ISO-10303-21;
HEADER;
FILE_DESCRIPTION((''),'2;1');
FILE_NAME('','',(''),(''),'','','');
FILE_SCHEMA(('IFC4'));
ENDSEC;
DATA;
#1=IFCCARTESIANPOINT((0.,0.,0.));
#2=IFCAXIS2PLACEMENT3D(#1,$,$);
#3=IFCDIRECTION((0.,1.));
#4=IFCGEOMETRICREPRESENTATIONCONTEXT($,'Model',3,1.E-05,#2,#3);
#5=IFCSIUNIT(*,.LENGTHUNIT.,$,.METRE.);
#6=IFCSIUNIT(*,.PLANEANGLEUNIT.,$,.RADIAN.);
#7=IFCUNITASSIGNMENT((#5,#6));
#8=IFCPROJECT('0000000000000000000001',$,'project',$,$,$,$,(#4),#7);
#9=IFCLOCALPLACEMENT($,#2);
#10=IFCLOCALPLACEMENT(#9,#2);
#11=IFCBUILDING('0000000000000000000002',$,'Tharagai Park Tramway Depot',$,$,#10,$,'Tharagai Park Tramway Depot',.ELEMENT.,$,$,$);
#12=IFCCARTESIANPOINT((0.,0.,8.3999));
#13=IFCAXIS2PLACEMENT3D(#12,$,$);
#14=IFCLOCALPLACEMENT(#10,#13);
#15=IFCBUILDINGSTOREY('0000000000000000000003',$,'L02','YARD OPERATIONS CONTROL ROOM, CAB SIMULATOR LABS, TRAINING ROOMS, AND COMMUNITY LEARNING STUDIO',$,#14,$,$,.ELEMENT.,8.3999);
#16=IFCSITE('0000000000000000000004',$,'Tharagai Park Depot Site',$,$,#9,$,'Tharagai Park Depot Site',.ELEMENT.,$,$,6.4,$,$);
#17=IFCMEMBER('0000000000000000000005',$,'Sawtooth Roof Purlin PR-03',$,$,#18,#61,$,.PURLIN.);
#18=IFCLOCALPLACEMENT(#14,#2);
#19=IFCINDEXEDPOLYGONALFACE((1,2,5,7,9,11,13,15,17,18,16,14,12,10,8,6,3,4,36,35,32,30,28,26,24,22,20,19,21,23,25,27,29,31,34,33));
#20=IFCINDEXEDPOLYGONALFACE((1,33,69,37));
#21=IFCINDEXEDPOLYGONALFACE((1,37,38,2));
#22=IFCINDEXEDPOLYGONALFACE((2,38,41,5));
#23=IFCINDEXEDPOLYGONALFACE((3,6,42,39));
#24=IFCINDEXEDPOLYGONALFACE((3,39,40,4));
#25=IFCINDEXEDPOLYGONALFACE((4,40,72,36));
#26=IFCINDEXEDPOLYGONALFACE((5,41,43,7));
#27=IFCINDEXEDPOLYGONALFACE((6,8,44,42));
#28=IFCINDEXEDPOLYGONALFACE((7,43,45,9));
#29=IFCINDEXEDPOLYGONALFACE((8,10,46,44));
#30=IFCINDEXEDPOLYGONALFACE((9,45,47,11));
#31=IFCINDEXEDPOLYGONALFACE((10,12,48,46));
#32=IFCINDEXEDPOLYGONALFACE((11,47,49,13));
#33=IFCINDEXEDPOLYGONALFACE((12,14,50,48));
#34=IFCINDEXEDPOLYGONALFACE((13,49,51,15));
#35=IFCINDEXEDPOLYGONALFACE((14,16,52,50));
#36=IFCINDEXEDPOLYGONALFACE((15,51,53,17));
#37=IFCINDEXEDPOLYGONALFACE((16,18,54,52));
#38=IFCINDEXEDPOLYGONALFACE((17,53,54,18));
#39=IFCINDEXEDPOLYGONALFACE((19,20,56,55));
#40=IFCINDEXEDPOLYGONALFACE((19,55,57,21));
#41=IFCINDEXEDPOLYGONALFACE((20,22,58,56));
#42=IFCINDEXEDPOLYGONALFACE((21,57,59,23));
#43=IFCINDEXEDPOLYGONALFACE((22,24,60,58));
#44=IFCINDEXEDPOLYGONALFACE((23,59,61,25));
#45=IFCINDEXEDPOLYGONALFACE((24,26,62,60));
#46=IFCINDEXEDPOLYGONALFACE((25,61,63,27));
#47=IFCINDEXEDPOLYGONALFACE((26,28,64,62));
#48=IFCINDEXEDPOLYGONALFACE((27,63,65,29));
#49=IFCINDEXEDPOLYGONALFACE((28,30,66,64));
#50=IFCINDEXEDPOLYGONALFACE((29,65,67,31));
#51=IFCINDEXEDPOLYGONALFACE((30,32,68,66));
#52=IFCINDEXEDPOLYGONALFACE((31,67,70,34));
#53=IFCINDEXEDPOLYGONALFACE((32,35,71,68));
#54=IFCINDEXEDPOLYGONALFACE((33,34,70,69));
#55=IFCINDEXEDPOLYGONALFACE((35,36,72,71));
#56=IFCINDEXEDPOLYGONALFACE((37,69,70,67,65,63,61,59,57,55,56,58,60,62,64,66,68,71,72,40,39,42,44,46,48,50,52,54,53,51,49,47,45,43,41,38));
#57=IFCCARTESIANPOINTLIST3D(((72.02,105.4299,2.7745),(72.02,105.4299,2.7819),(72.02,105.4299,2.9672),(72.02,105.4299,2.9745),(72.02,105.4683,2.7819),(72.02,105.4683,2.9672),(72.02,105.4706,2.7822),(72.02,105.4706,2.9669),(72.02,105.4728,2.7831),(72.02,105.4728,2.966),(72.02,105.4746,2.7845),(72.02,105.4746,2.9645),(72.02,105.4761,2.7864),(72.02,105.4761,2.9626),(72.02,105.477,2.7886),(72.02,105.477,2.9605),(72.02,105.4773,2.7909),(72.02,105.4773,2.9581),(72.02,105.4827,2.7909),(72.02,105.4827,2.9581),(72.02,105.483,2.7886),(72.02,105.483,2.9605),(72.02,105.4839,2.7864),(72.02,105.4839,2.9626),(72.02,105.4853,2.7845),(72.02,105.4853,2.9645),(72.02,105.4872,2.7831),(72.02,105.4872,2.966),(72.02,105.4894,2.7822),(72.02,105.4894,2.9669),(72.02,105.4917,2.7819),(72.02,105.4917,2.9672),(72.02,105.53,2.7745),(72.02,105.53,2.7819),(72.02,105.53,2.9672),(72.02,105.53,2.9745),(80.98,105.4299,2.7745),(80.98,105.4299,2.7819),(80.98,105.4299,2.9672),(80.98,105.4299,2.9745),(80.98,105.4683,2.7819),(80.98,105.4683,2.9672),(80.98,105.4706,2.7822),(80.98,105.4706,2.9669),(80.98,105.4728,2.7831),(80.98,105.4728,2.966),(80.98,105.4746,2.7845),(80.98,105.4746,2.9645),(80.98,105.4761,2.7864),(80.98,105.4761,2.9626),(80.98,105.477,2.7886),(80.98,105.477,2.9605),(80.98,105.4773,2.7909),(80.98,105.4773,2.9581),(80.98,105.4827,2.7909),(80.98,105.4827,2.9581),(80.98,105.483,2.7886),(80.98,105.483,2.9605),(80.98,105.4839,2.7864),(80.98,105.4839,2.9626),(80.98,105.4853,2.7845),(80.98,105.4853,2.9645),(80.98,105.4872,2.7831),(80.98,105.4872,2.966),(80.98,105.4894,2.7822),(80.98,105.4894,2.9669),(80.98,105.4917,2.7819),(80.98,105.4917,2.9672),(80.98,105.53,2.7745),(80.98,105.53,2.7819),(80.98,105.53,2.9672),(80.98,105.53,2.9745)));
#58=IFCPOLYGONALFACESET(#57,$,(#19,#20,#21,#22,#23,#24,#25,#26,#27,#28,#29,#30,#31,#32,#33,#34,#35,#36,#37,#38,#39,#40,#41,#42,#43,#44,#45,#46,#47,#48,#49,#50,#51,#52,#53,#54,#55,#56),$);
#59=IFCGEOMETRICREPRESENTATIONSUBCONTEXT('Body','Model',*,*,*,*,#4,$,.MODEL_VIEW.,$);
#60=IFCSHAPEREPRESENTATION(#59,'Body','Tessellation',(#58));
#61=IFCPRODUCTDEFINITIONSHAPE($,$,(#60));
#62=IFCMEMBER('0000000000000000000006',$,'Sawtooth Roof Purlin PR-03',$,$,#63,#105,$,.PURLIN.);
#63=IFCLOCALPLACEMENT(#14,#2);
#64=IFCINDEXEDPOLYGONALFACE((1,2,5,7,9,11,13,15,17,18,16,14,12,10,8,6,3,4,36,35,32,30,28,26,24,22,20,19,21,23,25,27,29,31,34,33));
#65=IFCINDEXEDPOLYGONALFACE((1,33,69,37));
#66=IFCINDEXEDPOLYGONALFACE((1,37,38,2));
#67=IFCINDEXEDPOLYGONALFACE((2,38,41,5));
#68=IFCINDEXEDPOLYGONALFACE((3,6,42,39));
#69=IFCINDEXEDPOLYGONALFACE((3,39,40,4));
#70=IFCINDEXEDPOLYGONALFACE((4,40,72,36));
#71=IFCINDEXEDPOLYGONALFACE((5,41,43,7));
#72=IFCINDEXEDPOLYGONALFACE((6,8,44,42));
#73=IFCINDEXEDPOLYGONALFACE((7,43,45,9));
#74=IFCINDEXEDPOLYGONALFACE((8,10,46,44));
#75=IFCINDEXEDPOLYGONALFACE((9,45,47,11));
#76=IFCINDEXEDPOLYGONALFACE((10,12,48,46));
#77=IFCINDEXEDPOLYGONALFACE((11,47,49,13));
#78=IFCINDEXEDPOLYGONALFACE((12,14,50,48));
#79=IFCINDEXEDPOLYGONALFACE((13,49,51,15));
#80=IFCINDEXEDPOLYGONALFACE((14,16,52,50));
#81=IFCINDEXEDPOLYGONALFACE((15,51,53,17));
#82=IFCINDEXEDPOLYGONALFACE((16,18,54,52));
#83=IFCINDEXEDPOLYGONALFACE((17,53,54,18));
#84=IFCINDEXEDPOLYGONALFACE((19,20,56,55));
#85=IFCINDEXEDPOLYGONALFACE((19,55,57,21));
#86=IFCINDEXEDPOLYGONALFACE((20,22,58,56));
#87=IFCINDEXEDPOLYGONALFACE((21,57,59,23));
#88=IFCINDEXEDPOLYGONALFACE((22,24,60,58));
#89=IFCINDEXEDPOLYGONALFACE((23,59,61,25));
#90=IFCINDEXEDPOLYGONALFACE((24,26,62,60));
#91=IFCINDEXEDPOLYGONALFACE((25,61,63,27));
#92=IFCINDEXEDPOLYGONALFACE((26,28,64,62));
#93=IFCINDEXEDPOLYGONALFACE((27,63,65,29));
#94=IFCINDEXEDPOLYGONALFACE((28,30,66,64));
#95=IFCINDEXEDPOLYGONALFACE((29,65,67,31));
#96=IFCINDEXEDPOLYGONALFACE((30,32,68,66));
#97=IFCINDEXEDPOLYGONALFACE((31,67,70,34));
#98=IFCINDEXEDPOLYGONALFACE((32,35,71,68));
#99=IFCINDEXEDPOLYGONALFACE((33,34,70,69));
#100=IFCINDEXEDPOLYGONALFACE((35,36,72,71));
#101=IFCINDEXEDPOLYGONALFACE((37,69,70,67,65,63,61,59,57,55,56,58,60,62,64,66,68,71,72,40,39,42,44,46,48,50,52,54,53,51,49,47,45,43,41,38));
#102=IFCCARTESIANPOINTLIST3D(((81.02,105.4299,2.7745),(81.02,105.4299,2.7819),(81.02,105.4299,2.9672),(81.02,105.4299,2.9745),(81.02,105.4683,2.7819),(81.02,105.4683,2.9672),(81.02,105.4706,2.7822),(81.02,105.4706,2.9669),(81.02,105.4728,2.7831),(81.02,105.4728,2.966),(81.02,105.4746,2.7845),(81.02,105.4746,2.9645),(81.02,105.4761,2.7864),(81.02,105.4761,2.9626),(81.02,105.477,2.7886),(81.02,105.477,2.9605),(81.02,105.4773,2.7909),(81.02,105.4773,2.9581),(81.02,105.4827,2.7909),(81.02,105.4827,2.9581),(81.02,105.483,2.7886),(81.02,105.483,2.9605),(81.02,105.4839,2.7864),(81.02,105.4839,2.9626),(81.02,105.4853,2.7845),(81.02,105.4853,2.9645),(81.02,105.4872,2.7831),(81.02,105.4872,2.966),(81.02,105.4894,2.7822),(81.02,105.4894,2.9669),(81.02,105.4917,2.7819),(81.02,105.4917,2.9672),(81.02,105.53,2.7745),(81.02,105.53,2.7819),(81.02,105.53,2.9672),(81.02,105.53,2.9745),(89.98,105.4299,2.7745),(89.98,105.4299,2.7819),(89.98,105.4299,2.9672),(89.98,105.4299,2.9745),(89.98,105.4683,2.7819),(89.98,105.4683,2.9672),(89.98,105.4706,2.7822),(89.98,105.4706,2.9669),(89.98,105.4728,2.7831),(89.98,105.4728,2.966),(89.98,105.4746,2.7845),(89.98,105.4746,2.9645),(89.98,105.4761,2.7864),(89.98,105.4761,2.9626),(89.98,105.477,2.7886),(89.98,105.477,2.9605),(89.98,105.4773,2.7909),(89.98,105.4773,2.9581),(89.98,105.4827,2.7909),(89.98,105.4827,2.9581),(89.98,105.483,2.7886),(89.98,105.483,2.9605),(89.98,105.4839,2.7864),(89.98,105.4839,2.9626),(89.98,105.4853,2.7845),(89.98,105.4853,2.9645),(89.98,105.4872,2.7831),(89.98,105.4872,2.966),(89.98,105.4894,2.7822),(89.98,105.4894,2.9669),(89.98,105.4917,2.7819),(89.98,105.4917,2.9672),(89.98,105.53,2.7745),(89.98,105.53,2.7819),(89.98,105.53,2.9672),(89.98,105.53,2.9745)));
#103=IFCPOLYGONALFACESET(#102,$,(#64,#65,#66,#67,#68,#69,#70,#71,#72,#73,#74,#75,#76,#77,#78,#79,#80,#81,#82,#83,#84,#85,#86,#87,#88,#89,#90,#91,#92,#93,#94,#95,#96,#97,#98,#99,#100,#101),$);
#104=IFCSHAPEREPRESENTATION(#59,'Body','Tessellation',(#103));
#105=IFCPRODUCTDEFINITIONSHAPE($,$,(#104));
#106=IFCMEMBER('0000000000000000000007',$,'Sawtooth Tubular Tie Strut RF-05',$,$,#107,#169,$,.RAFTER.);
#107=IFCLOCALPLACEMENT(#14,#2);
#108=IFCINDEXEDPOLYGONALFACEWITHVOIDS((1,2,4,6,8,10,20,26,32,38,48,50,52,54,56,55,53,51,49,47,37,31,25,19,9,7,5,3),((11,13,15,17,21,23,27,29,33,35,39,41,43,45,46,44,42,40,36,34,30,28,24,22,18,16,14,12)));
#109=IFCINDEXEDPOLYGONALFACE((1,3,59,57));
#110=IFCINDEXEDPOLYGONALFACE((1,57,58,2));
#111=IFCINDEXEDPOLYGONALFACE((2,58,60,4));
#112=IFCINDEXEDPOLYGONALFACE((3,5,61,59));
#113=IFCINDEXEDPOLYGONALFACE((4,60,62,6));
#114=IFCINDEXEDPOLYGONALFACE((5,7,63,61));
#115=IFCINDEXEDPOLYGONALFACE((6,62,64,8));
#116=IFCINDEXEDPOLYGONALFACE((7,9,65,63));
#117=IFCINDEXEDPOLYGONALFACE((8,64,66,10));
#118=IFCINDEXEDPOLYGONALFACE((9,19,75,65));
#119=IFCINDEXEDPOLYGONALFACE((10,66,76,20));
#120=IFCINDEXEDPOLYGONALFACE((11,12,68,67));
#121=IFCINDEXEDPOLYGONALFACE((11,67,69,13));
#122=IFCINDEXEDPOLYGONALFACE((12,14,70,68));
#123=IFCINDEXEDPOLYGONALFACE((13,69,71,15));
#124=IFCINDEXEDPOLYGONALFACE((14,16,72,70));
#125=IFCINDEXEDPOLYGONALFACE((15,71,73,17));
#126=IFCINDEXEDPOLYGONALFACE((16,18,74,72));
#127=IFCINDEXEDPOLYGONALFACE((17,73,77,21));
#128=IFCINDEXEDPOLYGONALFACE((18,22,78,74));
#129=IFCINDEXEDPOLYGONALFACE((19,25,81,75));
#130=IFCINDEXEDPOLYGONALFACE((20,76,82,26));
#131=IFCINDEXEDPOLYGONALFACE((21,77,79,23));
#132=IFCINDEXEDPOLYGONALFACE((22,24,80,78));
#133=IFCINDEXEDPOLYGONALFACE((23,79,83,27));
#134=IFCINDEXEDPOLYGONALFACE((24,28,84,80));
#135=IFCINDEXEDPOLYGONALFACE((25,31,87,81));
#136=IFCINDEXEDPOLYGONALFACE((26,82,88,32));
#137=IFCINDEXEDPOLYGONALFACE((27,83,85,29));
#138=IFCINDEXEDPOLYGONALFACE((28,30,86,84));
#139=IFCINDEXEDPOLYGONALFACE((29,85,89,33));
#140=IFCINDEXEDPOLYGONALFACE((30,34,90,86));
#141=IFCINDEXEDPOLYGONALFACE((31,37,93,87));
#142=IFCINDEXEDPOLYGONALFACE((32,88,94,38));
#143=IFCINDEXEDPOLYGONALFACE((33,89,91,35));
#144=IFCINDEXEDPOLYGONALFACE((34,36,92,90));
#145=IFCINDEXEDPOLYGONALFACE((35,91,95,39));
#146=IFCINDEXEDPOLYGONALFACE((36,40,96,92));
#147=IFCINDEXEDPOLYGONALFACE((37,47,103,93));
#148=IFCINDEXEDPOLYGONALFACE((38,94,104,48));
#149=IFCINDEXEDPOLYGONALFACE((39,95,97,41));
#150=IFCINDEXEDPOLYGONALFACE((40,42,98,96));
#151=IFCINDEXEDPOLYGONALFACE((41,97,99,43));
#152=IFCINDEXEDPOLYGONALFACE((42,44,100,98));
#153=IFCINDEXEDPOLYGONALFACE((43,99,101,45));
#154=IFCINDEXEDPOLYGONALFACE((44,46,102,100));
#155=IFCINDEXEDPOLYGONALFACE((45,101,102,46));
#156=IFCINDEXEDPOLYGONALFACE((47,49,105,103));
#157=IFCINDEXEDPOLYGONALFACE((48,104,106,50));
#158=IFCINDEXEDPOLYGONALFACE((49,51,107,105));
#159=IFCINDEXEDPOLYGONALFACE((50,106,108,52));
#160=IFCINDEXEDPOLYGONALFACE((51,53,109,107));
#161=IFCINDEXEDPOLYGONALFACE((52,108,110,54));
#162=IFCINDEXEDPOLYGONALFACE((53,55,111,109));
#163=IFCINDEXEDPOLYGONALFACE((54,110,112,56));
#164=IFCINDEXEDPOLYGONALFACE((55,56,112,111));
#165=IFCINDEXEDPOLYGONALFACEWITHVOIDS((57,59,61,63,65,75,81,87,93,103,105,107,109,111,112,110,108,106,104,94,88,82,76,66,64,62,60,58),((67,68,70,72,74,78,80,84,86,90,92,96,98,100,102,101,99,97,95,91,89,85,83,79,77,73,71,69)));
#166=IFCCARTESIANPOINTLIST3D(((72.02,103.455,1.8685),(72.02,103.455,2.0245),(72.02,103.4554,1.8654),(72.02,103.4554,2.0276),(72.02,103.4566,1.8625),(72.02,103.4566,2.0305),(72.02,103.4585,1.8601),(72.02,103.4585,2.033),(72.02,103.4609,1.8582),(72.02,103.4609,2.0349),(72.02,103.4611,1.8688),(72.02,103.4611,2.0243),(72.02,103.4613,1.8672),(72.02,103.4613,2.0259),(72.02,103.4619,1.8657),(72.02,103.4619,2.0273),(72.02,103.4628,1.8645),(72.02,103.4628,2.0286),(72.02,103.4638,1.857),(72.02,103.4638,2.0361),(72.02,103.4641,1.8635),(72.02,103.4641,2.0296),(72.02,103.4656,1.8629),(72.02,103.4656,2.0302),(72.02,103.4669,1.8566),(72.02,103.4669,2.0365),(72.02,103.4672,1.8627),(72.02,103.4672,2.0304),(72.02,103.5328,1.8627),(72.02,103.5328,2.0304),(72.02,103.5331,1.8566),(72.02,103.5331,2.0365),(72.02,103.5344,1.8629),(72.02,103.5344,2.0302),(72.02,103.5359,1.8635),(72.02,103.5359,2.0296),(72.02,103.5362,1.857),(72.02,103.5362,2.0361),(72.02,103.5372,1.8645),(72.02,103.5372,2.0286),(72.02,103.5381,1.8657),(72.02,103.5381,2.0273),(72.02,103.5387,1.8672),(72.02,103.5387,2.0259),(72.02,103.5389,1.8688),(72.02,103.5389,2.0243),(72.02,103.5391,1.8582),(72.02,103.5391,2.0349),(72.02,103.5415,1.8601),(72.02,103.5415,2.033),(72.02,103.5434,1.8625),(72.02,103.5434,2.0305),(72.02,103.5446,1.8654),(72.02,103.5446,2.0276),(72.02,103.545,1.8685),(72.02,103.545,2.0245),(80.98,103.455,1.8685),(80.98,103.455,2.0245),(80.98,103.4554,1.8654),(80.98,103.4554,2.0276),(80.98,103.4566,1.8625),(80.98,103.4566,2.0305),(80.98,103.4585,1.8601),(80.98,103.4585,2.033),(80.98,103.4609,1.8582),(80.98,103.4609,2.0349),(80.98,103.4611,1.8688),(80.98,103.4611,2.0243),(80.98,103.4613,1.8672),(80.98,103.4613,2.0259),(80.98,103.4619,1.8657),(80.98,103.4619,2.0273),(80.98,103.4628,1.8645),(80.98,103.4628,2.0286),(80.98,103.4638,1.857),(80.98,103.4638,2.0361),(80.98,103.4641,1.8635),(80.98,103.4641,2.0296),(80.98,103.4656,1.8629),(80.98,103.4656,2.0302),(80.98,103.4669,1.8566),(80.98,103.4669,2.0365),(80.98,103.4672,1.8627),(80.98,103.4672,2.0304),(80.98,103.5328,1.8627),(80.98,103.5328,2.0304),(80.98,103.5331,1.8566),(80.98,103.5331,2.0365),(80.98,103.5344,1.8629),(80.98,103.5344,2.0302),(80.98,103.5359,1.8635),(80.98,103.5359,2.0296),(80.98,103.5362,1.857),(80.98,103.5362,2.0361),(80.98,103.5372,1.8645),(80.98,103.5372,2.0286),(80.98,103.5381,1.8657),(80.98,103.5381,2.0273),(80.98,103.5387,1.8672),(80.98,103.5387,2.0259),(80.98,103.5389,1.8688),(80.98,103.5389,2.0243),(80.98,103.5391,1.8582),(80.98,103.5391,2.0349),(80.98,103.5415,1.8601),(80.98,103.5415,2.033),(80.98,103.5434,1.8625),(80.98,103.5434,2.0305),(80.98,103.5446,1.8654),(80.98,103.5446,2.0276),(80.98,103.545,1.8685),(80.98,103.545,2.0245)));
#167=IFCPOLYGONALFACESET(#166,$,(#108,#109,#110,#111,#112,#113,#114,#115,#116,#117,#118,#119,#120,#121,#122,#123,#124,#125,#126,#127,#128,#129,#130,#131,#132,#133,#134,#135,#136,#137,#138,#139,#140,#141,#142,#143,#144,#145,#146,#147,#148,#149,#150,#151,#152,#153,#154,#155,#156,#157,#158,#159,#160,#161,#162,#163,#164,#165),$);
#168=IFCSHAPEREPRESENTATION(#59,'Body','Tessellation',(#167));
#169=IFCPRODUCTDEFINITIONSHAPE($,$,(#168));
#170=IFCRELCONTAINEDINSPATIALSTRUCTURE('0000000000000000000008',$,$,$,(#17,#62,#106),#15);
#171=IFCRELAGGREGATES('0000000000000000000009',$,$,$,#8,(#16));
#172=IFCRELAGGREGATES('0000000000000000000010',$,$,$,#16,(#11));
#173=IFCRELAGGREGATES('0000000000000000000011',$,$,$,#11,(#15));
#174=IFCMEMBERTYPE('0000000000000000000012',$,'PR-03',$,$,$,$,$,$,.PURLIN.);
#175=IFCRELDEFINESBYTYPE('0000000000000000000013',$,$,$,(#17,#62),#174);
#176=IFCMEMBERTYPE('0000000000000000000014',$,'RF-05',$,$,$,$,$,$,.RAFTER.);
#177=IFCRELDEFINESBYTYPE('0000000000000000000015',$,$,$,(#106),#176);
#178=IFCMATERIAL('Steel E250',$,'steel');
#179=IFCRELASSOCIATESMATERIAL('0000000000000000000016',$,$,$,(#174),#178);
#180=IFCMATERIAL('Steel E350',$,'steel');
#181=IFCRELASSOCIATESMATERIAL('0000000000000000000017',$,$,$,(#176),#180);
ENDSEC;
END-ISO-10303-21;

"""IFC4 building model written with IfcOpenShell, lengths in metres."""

from ifc_helpers import new_model, si_unit, direction, frame, origin, origin_2d, place, context, subcontext, project, spatial, hollow_rectangle, i_section, extrude, material, material_profile, profile_set, type_object, element, save


model = new_model("IFC4")

# Units and contexts
model_context = context("Model", 3, precision=1e-05, world=origin(), true_north=direction((0.0, 1.0)))
body_context = subcontext(model_context, "Body", "Model", "MODEL_VIEW")
ifc_project = project(units=[si_unit("LENGTHUNIT", "METRE"), si_unit("PLANEANGLEUNIT", "RADIAN")], contexts=[model_context])

# Site, building, storey
site_placement = place(None, origin())
site = spatial("IfcSite", under=ifc_project, at=site_placement, Name="Tharagai Park Depot Site", LongName="Tharagai Park Depot Site", CompositionType="ELEMENT", RefElevation=6.4)
building_placement = place(site_placement, origin())
building = spatial("IfcBuilding", under=site, at=building_placement, Name="Tharagai Park Tramway Depot", LongName="Tharagai Park Tramway Depot", CompositionType="ELEMENT")
storey_placement = place(building_placement, frame((0.0, 0.0, 8.3999)))
storey = spatial("IfcBuildingStorey", under=building, at=storey_placement, Name="L02", Description="YARD OPERATIONS CONTROL ROOM, CAB SIMULATOR LABS, TRAINING ROOMS, AND COMMUNITY LEARNING STUDIO", CompositionType="ELEMENT", Elevation=8.3999)

# Shared definitions
ifc_material_1 = material(Name="Steel E350", Category="steel")

# Members
ifc_material_2 = material(Name="Steel E250", Category="steel")
ifc_material_profile_1 = material_profile(ifc_material_2, i_section(OverallWidth=0.1001, OverallDepth=0.2, WebThickness=0.0054, FlangeThickness=0.0073, FilletRadius=0.009, at=origin_2d()), Name="ISLB 200")
ifc_profile_set_1 = profile_set([ifc_material_profile_1], Name="Steel E250")
member_type_1 = type_object("IfcMemberType", Name="PR-03", PredefinedType="PURLIN", material=ifc_profile_set_1)
for number, where, z_axis, x_axis, name in (
    (1, (72.02, 105.48, 2.8745), (1.0, 0.0, 0.0), (0.0, 1.0, 0.0), "Sawtooth Roof Purlin PR-03"),
    (2, (81.02, 105.48, 2.8745), (1.0, 0.0, 0.0), (0.0, 1.0, 0.0), "Sawtooth Roof Purlin PR-03"),
):
    element("IfcMember", number, at=place(storey_placement, frame(where, z_axis=z_axis, x_axis=x_axis)), inside=storey, type_object=member_type_1, Name=name, PredefinedType="PURLIN", context=body_context, shape_type="SweptSolid", body=[
        extrude(i_section(OverallWidth=0.1001, OverallDepth=0.2, WebThickness=0.0054, FlangeThickness=0.0073, FilletRadius=0.009, at=origin_2d()), origin(), (0.0, 0.0, 1.0), 8.96),
    ])
ifc_material_profile_2 = material_profile(ifc_material_1, hollow_rectangle(XDim=0.0901, YDim=0.1799, WallThickness=0.0061, InnerFilletRadius=0.0061, OuterFilletRadius=0.012, at=origin_2d()), Name="RHS 180x90x6")
ifc_profile_set_2 = profile_set([ifc_material_profile_2], Name="Steel E350")
member_type_2 = type_object("IfcMemberType", Name="RF-05", PredefinedType="RAFTER", material=ifc_profile_set_2)
member_1_placement = place(storey_placement, frame((72.02, 103.5, 1.9465), z_axis=(1.0, 0.0, 0.0), x_axis=(0.0, 1.0, 0.0)))
element("IfcMember", 3, at=member_1_placement, inside=storey, type_object=member_type_2, Name="Sawtooth Tubular Tie Strut RF-05", PredefinedType="RAFTER", context=body_context, shape_type="SweptSolid", body=[
    extrude(hollow_rectangle(XDim=0.0901, YDim=0.1799, WallThickness=0.0061, InnerFilletRadius=0.0061, OuterFilletRadius=0.012, at=origin_2d()), origin(), (0.0, 0.0, 1.0), 8.96),
])

save(model, "model.ifc")
